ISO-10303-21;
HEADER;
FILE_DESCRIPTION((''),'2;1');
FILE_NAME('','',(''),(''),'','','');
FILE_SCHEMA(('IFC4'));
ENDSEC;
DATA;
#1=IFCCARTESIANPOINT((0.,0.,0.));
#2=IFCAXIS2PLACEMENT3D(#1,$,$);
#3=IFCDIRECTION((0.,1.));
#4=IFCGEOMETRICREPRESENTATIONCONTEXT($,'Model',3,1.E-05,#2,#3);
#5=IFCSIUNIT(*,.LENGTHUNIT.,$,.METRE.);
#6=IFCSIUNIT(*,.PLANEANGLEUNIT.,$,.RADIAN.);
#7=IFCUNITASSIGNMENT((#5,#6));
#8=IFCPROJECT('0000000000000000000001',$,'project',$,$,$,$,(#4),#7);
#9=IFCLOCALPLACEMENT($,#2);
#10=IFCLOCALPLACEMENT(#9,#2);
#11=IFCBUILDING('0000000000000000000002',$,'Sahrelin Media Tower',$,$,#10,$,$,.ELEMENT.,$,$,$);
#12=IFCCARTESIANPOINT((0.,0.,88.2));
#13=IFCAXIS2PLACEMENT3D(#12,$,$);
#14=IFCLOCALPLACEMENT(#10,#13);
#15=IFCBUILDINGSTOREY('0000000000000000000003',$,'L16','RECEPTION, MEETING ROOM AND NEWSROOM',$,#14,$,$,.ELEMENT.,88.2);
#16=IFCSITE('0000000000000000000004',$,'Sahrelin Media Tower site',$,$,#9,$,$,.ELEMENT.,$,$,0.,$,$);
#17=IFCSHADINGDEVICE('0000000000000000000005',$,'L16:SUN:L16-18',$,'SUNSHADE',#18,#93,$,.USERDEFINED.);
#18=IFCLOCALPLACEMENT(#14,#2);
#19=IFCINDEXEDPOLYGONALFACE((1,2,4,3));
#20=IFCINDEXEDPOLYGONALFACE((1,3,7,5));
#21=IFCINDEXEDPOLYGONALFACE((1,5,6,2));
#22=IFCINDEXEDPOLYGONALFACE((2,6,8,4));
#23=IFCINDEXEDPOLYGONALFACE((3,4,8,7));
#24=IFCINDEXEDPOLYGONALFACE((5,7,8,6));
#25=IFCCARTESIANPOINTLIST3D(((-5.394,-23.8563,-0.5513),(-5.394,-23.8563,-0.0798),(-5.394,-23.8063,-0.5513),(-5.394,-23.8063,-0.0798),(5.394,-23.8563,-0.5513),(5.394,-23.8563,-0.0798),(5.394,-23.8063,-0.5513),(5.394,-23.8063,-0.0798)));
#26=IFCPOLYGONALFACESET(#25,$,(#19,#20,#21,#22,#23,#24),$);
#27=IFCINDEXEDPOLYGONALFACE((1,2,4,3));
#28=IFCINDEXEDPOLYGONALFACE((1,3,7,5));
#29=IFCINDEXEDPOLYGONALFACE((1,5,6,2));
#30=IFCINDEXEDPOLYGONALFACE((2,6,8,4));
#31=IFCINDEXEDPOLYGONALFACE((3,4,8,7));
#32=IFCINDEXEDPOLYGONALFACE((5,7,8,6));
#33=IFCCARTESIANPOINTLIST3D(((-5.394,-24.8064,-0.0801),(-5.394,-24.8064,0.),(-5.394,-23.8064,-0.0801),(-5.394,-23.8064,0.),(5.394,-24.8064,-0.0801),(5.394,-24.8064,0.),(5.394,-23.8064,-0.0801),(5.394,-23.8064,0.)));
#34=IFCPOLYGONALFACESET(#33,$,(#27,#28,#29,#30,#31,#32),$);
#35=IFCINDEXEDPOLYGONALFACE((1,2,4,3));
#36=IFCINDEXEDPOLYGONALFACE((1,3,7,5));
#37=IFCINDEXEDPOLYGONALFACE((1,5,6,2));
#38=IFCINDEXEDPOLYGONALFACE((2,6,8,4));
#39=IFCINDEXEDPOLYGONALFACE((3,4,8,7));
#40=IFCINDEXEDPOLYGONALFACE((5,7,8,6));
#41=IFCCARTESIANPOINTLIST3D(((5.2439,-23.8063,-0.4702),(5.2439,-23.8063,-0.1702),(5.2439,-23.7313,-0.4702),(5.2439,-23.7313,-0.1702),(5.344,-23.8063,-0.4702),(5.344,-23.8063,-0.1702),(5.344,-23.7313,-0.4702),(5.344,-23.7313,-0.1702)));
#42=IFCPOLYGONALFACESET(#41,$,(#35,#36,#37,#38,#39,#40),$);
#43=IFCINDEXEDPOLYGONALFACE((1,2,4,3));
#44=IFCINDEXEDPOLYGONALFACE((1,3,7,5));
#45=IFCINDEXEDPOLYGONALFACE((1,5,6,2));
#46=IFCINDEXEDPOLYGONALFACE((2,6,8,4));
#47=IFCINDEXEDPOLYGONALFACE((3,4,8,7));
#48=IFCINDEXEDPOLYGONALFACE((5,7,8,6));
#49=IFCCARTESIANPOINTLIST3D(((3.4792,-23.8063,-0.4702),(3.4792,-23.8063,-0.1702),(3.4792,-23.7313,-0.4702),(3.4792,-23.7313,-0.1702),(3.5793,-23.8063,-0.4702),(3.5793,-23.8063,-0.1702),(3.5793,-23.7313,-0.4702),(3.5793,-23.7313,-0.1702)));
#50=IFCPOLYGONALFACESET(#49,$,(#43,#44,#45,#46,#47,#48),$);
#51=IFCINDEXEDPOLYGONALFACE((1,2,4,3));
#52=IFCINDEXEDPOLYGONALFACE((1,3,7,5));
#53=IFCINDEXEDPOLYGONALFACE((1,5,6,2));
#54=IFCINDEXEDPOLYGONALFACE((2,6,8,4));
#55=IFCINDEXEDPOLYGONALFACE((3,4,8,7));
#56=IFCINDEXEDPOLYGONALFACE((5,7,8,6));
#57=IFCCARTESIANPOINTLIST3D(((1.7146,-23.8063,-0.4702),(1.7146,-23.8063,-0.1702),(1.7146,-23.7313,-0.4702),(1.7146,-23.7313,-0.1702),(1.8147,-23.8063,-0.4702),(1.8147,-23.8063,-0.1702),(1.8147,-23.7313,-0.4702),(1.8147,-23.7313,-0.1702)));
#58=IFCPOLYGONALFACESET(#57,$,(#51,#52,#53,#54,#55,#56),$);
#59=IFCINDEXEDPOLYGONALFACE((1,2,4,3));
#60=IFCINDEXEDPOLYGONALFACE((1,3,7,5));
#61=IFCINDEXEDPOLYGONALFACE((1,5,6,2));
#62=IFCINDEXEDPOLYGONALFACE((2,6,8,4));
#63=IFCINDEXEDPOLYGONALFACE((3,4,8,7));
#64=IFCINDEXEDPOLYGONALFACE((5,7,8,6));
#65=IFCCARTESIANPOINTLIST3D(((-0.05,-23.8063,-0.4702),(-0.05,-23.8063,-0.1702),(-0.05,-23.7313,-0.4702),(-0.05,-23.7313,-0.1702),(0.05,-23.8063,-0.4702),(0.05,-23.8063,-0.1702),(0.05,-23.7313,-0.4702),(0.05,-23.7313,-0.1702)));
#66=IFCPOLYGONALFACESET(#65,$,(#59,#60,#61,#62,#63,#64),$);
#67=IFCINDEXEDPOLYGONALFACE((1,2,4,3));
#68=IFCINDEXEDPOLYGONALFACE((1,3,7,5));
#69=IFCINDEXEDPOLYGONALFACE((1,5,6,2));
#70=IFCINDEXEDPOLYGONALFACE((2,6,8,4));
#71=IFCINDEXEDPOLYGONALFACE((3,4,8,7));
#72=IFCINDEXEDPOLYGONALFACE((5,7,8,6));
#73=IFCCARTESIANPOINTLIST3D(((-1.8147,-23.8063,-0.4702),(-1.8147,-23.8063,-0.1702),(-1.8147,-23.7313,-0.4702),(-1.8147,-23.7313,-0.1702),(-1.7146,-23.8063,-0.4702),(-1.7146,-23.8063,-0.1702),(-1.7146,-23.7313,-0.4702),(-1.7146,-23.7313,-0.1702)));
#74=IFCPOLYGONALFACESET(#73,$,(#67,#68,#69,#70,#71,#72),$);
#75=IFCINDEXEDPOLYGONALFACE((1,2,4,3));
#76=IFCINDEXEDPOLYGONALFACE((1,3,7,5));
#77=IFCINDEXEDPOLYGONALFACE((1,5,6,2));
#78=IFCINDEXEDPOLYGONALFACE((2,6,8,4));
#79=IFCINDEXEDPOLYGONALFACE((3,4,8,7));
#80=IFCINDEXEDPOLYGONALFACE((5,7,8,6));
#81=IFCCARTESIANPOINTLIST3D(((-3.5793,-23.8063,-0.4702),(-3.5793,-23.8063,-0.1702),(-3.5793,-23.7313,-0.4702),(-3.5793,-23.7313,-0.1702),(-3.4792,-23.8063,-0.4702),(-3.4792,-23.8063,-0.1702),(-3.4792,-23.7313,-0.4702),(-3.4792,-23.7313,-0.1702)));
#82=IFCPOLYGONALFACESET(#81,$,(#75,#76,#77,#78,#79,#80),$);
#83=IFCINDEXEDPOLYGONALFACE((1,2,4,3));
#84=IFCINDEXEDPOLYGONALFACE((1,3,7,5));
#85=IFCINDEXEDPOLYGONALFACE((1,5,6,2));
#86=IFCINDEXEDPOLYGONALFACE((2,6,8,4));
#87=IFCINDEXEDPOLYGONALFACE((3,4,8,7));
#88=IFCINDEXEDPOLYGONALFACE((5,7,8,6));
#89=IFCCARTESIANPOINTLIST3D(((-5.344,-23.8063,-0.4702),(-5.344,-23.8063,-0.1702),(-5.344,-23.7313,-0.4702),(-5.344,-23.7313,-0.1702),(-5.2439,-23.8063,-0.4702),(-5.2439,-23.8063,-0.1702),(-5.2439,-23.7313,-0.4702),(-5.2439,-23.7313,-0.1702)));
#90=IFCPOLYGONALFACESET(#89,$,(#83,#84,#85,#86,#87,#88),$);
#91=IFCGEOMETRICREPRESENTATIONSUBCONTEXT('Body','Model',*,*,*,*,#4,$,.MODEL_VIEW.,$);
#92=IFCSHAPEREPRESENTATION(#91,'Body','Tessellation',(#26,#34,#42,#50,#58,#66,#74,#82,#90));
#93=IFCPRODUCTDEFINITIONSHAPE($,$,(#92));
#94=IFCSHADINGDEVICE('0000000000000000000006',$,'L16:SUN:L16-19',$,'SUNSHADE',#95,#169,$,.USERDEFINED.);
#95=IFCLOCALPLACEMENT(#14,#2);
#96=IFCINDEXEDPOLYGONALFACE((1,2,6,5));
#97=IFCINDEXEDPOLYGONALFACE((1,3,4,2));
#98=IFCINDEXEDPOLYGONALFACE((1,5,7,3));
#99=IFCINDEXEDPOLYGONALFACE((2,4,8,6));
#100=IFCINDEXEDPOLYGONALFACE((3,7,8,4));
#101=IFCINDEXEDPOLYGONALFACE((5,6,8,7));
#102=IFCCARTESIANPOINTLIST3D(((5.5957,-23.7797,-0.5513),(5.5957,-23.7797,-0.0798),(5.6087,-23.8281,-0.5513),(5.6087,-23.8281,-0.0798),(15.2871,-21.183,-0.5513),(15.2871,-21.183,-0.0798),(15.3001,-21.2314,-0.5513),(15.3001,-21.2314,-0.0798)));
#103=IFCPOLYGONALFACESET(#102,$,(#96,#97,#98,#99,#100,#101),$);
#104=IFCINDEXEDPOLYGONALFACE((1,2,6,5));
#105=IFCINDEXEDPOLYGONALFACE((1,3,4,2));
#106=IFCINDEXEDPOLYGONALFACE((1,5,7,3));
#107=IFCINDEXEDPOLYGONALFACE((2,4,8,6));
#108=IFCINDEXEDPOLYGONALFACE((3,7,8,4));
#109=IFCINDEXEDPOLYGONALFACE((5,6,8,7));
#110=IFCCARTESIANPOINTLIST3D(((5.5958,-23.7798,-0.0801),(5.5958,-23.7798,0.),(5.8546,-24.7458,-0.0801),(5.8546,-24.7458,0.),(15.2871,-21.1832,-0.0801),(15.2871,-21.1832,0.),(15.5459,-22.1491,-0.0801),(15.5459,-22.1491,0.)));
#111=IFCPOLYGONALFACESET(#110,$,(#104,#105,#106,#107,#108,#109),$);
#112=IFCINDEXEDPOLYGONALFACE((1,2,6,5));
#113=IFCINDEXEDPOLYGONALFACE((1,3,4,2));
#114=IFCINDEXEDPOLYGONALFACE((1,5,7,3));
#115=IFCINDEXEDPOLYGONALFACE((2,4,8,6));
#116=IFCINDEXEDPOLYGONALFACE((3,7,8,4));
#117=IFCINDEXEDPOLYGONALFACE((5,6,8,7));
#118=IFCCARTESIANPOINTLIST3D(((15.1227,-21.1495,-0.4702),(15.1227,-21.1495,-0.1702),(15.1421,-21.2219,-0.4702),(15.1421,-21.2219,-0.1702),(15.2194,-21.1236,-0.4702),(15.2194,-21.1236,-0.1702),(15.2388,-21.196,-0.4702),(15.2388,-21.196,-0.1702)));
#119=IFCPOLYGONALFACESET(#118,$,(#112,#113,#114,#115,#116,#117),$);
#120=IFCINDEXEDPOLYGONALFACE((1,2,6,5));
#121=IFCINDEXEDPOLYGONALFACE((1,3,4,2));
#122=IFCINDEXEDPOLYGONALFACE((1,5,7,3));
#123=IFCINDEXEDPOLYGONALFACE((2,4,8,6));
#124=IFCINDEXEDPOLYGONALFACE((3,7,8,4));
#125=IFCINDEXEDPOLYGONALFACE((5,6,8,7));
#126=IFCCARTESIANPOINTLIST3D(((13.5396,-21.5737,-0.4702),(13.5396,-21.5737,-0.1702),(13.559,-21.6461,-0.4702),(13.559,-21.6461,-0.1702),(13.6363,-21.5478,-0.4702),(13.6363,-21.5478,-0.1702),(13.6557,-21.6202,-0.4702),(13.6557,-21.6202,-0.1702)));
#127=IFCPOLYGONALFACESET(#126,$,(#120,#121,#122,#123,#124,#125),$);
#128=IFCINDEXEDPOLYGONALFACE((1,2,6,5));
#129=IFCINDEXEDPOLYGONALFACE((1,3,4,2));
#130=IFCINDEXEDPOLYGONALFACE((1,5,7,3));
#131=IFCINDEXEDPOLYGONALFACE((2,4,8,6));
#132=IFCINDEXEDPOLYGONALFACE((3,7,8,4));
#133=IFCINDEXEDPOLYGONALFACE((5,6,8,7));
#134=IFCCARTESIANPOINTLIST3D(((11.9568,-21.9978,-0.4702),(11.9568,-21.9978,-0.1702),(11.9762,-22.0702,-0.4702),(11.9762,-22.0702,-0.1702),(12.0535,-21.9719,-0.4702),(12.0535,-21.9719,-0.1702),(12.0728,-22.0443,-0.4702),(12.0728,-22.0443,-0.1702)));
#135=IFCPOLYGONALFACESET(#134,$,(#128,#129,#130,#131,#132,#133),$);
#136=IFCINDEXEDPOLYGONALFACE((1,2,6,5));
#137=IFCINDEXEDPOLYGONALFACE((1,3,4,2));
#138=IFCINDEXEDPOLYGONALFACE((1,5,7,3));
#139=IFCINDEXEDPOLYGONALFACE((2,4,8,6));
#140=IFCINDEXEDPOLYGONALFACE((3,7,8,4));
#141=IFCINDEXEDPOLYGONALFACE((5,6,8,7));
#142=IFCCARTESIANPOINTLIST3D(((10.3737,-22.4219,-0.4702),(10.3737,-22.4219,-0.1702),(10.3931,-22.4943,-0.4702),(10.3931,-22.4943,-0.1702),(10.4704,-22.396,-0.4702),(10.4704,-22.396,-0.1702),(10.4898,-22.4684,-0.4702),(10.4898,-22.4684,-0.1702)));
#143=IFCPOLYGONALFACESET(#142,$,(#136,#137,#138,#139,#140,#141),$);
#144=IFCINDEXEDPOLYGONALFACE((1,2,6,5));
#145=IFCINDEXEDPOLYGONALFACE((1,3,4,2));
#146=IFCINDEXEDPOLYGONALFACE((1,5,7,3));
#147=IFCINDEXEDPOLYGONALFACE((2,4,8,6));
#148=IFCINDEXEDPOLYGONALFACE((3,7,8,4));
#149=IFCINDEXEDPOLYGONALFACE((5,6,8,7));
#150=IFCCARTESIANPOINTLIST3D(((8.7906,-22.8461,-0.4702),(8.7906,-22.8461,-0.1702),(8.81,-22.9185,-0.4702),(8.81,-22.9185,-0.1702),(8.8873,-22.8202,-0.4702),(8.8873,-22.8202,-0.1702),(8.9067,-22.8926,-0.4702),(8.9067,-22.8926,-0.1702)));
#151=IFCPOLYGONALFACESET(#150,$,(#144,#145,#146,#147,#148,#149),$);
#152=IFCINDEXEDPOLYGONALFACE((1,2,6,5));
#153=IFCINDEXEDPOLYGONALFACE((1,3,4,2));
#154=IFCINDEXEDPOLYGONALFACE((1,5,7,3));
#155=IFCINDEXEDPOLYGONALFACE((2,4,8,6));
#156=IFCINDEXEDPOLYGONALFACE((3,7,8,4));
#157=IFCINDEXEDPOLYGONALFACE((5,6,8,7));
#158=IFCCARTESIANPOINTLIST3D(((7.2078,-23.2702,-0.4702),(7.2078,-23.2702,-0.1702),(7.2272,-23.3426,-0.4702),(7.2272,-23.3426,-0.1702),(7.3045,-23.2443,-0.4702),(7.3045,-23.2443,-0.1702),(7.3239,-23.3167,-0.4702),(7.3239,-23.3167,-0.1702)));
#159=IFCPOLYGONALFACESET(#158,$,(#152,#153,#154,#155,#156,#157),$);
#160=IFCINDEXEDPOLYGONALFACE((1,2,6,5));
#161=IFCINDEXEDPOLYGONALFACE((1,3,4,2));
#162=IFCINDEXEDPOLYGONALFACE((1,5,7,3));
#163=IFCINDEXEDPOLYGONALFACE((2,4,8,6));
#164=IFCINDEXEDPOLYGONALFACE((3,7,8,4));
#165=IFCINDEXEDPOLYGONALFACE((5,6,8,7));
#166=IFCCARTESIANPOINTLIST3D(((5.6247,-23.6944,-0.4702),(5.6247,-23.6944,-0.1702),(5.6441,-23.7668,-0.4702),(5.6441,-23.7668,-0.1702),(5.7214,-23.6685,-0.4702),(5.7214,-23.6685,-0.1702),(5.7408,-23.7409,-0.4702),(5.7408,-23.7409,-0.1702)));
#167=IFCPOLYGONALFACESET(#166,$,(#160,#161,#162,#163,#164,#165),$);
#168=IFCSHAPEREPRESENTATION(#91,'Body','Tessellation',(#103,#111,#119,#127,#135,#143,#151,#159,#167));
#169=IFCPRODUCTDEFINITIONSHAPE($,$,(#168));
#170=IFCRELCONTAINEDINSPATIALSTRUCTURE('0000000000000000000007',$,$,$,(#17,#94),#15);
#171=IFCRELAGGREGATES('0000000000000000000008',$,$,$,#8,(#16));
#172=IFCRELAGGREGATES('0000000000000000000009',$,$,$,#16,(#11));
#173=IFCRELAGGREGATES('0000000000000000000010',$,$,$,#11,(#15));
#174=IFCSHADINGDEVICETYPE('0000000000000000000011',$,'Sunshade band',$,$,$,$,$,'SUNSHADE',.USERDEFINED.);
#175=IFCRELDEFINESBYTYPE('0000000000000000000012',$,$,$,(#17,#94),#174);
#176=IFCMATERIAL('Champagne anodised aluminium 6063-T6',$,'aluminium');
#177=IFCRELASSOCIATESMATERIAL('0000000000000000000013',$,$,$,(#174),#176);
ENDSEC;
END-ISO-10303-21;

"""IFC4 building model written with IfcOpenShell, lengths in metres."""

from ifc_helpers import new_model, si_unit, direction, frame, origin, origin_2d, place, context, subcontext, project, spatial, rectangle, extrude, material, type_object, element, save


model = new_model("IFC4")

# Units and contexts
model_context = context("Model", 3, precision=1e-05, world=origin(), true_north=direction((0.0, 1.0)))
body_context = subcontext(model_context, "Body", "Model", "MODEL_VIEW")
ifc_project = project(units=[si_unit("LENGTHUNIT", "METRE"), si_unit("PLANEANGLEUNIT", "RADIAN")], contexts=[model_context])

# Site, building, storey
site_placement = place(None, origin())
site = spatial("IfcSite", under=ifc_project, at=site_placement, Name="Sahrelin Media Tower site", CompositionType="ELEMENT", RefElevation=0.0)
building_placement = place(site_placement, origin())
building = spatial("IfcBuilding", under=site, at=building_placement, Name="Sahrelin Media Tower", CompositionType="ELEMENT")
storey_placement = place(building_placement, frame((0.0, 0.0, 88.2)))
storey = spatial("IfcBuildingStorey", under=building, at=storey_placement, Name="L16", Description="RECEPTION, MEETING ROOM AND NEWSROOM", CompositionType="ELEMENT", Elevation=88.2)

# Shared definitions
ifc_material_1 = material(Name="Champagne anodised aluminium 6063-T6", Category="aluminium")

# Shading devices
placement_1 = place(storey_placement, frame((0.0, -23.7864, 0.0), z_axis=(0.0, 0.0, 1.0), x_axis=(-1.0, 0.0, 0.0)))
placement_2 = place(storey_placement, frame((10.4363, -22.4622, 0.0), z_axis=(0.0, 0.0, 1.0), x_axis=(-0.965929, -0.258808, 0.0)))
shading_device_type_1 = type_object("IfcShadingDeviceType", Name="Sunshade band", ElementType="SUNSHADE", PredefinedType="USERDEFINED", material=ifc_material_1)
element("IfcShadingDevice", 1, at=placement_1, inside=storey, type_object=shading_device_type_1, Name="L16:SUN:L16-18", ObjectType="SUNSHADE", PredefinedType="USERDEFINED", context=body_context, shape_type="SweptSolid", body=[
    extrude(rectangle(XDim=10.7881, YDim=0.05, at=origin_2d()), frame((0.0, 0.0449, -0.5513)), (0.0, 0.0, 1.0), 0.4714),
    extrude(rectangle(XDim=10.7881, YDim=1.0, at=origin_2d()), frame((0.0, 0.52, -0.0801)), (0.0, 0.0, 1.0), 0.0801),
    extrude(rectangle(XDim=0.1001, YDim=0.075, at=origin_2d()), frame((-5.2939, -0.0176, -0.4702)), (0.0, 0.0, 1.0), 0.3),
    extrude(rectangle(XDim=0.1001, YDim=0.075, at=origin_2d()), frame((-3.5293, -0.0176, -0.4702)), (0.0, 0.0, 1.0), 0.3),
    extrude(rectangle(XDim=0.1001, YDim=0.075, at=origin_2d()), frame((-1.7646, -0.0176, -0.4702)), (0.0, 0.0, 1.0), 0.3),
    extrude(rectangle(XDim=0.1001, YDim=0.075, at=origin_2d()), frame((0.0, -0.0176, -0.4702)), (0.0, 0.0, 1.0), 0.3),
    extrude(rectangle(XDim=0.1001, YDim=0.075, at=origin_2d()), frame((1.7646, -0.0176, -0.4702)), (0.0, 0.0, 1.0), 0.3),
    extrude(rectangle(XDim=0.1001, YDim=0.075, at=origin_2d()), frame((3.5293, -0.0176, -0.4702)), (0.0, 0.0, 1.0), 0.3),
    extrude(rectangle(XDim=0.1001, YDim=0.075, at=origin_2d()), frame((5.2939, -0.0176, -0.4702)), (0.0, 0.0, 1.0), 0.3),
])
element("IfcShadingDevice", 2, at=placement_2, inside=storey, type_object=shading_device_type_1, Name="L16:SUN:L16-19", ObjectType="SUNSHADE", PredefinedType="USERDEFINED", context=body_context, shape_type="SweptSolid", body=[
    extrude(rectangle(XDim=10.0332, YDim=0.05, at=origin_2d()), frame((0.0, 0.0449, -0.5513)), (0.0, 0.0, 1.0), 0.4714),
    extrude(rectangle(XDim=10.0332, YDim=1.0, at=origin_2d()), frame((0.0, 0.52, -0.0801)), (0.0, 0.0, 1.0), 0.0801),
    extrude(rectangle(XDim=0.1001, YDim=0.075, at=origin_2d()), frame((-4.9165, -0.0176, -0.4702)), (0.0, 0.0, 1.0), 0.3),
    extrude(rectangle(XDim=0.1001, YDim=0.075, at=origin_2d()), frame((-3.2776, -0.0176, -0.4702)), (0.0, 0.0, 1.0), 0.3),
    extrude(rectangle(XDim=0.1001, YDim=0.075, at=origin_2d()), frame((-1.6389, -0.0176, -0.4702)), (0.0, 0.0, 1.0), 0.3),
    extrude(rectangle(XDim=0.1001, YDim=0.075, at=origin_2d()), frame((0.0, -0.0176, -0.4702)), (0.0, 0.0, 1.0), 0.3),
    extrude(rectangle(XDim=0.1001, YDim=0.075, at=origin_2d()), frame((1.6389, -0.0176, -0.4702)), (0.0, 0.0, 1.0), 0.3),
    extrude(rectangle(XDim=0.1001, YDim=0.075, at=origin_2d()), frame((3.2776, -0.0176, -0.4702)), (0.0, 0.0, 1.0), 0.3),
    extrude(rectangle(XDim=0.1001, YDim=0.075, at=origin_2d()), frame((4.9165, -0.0176, -0.4702)), (0.0, 0.0, 1.0), 0.3),
])

save(model, "model.ifc")
